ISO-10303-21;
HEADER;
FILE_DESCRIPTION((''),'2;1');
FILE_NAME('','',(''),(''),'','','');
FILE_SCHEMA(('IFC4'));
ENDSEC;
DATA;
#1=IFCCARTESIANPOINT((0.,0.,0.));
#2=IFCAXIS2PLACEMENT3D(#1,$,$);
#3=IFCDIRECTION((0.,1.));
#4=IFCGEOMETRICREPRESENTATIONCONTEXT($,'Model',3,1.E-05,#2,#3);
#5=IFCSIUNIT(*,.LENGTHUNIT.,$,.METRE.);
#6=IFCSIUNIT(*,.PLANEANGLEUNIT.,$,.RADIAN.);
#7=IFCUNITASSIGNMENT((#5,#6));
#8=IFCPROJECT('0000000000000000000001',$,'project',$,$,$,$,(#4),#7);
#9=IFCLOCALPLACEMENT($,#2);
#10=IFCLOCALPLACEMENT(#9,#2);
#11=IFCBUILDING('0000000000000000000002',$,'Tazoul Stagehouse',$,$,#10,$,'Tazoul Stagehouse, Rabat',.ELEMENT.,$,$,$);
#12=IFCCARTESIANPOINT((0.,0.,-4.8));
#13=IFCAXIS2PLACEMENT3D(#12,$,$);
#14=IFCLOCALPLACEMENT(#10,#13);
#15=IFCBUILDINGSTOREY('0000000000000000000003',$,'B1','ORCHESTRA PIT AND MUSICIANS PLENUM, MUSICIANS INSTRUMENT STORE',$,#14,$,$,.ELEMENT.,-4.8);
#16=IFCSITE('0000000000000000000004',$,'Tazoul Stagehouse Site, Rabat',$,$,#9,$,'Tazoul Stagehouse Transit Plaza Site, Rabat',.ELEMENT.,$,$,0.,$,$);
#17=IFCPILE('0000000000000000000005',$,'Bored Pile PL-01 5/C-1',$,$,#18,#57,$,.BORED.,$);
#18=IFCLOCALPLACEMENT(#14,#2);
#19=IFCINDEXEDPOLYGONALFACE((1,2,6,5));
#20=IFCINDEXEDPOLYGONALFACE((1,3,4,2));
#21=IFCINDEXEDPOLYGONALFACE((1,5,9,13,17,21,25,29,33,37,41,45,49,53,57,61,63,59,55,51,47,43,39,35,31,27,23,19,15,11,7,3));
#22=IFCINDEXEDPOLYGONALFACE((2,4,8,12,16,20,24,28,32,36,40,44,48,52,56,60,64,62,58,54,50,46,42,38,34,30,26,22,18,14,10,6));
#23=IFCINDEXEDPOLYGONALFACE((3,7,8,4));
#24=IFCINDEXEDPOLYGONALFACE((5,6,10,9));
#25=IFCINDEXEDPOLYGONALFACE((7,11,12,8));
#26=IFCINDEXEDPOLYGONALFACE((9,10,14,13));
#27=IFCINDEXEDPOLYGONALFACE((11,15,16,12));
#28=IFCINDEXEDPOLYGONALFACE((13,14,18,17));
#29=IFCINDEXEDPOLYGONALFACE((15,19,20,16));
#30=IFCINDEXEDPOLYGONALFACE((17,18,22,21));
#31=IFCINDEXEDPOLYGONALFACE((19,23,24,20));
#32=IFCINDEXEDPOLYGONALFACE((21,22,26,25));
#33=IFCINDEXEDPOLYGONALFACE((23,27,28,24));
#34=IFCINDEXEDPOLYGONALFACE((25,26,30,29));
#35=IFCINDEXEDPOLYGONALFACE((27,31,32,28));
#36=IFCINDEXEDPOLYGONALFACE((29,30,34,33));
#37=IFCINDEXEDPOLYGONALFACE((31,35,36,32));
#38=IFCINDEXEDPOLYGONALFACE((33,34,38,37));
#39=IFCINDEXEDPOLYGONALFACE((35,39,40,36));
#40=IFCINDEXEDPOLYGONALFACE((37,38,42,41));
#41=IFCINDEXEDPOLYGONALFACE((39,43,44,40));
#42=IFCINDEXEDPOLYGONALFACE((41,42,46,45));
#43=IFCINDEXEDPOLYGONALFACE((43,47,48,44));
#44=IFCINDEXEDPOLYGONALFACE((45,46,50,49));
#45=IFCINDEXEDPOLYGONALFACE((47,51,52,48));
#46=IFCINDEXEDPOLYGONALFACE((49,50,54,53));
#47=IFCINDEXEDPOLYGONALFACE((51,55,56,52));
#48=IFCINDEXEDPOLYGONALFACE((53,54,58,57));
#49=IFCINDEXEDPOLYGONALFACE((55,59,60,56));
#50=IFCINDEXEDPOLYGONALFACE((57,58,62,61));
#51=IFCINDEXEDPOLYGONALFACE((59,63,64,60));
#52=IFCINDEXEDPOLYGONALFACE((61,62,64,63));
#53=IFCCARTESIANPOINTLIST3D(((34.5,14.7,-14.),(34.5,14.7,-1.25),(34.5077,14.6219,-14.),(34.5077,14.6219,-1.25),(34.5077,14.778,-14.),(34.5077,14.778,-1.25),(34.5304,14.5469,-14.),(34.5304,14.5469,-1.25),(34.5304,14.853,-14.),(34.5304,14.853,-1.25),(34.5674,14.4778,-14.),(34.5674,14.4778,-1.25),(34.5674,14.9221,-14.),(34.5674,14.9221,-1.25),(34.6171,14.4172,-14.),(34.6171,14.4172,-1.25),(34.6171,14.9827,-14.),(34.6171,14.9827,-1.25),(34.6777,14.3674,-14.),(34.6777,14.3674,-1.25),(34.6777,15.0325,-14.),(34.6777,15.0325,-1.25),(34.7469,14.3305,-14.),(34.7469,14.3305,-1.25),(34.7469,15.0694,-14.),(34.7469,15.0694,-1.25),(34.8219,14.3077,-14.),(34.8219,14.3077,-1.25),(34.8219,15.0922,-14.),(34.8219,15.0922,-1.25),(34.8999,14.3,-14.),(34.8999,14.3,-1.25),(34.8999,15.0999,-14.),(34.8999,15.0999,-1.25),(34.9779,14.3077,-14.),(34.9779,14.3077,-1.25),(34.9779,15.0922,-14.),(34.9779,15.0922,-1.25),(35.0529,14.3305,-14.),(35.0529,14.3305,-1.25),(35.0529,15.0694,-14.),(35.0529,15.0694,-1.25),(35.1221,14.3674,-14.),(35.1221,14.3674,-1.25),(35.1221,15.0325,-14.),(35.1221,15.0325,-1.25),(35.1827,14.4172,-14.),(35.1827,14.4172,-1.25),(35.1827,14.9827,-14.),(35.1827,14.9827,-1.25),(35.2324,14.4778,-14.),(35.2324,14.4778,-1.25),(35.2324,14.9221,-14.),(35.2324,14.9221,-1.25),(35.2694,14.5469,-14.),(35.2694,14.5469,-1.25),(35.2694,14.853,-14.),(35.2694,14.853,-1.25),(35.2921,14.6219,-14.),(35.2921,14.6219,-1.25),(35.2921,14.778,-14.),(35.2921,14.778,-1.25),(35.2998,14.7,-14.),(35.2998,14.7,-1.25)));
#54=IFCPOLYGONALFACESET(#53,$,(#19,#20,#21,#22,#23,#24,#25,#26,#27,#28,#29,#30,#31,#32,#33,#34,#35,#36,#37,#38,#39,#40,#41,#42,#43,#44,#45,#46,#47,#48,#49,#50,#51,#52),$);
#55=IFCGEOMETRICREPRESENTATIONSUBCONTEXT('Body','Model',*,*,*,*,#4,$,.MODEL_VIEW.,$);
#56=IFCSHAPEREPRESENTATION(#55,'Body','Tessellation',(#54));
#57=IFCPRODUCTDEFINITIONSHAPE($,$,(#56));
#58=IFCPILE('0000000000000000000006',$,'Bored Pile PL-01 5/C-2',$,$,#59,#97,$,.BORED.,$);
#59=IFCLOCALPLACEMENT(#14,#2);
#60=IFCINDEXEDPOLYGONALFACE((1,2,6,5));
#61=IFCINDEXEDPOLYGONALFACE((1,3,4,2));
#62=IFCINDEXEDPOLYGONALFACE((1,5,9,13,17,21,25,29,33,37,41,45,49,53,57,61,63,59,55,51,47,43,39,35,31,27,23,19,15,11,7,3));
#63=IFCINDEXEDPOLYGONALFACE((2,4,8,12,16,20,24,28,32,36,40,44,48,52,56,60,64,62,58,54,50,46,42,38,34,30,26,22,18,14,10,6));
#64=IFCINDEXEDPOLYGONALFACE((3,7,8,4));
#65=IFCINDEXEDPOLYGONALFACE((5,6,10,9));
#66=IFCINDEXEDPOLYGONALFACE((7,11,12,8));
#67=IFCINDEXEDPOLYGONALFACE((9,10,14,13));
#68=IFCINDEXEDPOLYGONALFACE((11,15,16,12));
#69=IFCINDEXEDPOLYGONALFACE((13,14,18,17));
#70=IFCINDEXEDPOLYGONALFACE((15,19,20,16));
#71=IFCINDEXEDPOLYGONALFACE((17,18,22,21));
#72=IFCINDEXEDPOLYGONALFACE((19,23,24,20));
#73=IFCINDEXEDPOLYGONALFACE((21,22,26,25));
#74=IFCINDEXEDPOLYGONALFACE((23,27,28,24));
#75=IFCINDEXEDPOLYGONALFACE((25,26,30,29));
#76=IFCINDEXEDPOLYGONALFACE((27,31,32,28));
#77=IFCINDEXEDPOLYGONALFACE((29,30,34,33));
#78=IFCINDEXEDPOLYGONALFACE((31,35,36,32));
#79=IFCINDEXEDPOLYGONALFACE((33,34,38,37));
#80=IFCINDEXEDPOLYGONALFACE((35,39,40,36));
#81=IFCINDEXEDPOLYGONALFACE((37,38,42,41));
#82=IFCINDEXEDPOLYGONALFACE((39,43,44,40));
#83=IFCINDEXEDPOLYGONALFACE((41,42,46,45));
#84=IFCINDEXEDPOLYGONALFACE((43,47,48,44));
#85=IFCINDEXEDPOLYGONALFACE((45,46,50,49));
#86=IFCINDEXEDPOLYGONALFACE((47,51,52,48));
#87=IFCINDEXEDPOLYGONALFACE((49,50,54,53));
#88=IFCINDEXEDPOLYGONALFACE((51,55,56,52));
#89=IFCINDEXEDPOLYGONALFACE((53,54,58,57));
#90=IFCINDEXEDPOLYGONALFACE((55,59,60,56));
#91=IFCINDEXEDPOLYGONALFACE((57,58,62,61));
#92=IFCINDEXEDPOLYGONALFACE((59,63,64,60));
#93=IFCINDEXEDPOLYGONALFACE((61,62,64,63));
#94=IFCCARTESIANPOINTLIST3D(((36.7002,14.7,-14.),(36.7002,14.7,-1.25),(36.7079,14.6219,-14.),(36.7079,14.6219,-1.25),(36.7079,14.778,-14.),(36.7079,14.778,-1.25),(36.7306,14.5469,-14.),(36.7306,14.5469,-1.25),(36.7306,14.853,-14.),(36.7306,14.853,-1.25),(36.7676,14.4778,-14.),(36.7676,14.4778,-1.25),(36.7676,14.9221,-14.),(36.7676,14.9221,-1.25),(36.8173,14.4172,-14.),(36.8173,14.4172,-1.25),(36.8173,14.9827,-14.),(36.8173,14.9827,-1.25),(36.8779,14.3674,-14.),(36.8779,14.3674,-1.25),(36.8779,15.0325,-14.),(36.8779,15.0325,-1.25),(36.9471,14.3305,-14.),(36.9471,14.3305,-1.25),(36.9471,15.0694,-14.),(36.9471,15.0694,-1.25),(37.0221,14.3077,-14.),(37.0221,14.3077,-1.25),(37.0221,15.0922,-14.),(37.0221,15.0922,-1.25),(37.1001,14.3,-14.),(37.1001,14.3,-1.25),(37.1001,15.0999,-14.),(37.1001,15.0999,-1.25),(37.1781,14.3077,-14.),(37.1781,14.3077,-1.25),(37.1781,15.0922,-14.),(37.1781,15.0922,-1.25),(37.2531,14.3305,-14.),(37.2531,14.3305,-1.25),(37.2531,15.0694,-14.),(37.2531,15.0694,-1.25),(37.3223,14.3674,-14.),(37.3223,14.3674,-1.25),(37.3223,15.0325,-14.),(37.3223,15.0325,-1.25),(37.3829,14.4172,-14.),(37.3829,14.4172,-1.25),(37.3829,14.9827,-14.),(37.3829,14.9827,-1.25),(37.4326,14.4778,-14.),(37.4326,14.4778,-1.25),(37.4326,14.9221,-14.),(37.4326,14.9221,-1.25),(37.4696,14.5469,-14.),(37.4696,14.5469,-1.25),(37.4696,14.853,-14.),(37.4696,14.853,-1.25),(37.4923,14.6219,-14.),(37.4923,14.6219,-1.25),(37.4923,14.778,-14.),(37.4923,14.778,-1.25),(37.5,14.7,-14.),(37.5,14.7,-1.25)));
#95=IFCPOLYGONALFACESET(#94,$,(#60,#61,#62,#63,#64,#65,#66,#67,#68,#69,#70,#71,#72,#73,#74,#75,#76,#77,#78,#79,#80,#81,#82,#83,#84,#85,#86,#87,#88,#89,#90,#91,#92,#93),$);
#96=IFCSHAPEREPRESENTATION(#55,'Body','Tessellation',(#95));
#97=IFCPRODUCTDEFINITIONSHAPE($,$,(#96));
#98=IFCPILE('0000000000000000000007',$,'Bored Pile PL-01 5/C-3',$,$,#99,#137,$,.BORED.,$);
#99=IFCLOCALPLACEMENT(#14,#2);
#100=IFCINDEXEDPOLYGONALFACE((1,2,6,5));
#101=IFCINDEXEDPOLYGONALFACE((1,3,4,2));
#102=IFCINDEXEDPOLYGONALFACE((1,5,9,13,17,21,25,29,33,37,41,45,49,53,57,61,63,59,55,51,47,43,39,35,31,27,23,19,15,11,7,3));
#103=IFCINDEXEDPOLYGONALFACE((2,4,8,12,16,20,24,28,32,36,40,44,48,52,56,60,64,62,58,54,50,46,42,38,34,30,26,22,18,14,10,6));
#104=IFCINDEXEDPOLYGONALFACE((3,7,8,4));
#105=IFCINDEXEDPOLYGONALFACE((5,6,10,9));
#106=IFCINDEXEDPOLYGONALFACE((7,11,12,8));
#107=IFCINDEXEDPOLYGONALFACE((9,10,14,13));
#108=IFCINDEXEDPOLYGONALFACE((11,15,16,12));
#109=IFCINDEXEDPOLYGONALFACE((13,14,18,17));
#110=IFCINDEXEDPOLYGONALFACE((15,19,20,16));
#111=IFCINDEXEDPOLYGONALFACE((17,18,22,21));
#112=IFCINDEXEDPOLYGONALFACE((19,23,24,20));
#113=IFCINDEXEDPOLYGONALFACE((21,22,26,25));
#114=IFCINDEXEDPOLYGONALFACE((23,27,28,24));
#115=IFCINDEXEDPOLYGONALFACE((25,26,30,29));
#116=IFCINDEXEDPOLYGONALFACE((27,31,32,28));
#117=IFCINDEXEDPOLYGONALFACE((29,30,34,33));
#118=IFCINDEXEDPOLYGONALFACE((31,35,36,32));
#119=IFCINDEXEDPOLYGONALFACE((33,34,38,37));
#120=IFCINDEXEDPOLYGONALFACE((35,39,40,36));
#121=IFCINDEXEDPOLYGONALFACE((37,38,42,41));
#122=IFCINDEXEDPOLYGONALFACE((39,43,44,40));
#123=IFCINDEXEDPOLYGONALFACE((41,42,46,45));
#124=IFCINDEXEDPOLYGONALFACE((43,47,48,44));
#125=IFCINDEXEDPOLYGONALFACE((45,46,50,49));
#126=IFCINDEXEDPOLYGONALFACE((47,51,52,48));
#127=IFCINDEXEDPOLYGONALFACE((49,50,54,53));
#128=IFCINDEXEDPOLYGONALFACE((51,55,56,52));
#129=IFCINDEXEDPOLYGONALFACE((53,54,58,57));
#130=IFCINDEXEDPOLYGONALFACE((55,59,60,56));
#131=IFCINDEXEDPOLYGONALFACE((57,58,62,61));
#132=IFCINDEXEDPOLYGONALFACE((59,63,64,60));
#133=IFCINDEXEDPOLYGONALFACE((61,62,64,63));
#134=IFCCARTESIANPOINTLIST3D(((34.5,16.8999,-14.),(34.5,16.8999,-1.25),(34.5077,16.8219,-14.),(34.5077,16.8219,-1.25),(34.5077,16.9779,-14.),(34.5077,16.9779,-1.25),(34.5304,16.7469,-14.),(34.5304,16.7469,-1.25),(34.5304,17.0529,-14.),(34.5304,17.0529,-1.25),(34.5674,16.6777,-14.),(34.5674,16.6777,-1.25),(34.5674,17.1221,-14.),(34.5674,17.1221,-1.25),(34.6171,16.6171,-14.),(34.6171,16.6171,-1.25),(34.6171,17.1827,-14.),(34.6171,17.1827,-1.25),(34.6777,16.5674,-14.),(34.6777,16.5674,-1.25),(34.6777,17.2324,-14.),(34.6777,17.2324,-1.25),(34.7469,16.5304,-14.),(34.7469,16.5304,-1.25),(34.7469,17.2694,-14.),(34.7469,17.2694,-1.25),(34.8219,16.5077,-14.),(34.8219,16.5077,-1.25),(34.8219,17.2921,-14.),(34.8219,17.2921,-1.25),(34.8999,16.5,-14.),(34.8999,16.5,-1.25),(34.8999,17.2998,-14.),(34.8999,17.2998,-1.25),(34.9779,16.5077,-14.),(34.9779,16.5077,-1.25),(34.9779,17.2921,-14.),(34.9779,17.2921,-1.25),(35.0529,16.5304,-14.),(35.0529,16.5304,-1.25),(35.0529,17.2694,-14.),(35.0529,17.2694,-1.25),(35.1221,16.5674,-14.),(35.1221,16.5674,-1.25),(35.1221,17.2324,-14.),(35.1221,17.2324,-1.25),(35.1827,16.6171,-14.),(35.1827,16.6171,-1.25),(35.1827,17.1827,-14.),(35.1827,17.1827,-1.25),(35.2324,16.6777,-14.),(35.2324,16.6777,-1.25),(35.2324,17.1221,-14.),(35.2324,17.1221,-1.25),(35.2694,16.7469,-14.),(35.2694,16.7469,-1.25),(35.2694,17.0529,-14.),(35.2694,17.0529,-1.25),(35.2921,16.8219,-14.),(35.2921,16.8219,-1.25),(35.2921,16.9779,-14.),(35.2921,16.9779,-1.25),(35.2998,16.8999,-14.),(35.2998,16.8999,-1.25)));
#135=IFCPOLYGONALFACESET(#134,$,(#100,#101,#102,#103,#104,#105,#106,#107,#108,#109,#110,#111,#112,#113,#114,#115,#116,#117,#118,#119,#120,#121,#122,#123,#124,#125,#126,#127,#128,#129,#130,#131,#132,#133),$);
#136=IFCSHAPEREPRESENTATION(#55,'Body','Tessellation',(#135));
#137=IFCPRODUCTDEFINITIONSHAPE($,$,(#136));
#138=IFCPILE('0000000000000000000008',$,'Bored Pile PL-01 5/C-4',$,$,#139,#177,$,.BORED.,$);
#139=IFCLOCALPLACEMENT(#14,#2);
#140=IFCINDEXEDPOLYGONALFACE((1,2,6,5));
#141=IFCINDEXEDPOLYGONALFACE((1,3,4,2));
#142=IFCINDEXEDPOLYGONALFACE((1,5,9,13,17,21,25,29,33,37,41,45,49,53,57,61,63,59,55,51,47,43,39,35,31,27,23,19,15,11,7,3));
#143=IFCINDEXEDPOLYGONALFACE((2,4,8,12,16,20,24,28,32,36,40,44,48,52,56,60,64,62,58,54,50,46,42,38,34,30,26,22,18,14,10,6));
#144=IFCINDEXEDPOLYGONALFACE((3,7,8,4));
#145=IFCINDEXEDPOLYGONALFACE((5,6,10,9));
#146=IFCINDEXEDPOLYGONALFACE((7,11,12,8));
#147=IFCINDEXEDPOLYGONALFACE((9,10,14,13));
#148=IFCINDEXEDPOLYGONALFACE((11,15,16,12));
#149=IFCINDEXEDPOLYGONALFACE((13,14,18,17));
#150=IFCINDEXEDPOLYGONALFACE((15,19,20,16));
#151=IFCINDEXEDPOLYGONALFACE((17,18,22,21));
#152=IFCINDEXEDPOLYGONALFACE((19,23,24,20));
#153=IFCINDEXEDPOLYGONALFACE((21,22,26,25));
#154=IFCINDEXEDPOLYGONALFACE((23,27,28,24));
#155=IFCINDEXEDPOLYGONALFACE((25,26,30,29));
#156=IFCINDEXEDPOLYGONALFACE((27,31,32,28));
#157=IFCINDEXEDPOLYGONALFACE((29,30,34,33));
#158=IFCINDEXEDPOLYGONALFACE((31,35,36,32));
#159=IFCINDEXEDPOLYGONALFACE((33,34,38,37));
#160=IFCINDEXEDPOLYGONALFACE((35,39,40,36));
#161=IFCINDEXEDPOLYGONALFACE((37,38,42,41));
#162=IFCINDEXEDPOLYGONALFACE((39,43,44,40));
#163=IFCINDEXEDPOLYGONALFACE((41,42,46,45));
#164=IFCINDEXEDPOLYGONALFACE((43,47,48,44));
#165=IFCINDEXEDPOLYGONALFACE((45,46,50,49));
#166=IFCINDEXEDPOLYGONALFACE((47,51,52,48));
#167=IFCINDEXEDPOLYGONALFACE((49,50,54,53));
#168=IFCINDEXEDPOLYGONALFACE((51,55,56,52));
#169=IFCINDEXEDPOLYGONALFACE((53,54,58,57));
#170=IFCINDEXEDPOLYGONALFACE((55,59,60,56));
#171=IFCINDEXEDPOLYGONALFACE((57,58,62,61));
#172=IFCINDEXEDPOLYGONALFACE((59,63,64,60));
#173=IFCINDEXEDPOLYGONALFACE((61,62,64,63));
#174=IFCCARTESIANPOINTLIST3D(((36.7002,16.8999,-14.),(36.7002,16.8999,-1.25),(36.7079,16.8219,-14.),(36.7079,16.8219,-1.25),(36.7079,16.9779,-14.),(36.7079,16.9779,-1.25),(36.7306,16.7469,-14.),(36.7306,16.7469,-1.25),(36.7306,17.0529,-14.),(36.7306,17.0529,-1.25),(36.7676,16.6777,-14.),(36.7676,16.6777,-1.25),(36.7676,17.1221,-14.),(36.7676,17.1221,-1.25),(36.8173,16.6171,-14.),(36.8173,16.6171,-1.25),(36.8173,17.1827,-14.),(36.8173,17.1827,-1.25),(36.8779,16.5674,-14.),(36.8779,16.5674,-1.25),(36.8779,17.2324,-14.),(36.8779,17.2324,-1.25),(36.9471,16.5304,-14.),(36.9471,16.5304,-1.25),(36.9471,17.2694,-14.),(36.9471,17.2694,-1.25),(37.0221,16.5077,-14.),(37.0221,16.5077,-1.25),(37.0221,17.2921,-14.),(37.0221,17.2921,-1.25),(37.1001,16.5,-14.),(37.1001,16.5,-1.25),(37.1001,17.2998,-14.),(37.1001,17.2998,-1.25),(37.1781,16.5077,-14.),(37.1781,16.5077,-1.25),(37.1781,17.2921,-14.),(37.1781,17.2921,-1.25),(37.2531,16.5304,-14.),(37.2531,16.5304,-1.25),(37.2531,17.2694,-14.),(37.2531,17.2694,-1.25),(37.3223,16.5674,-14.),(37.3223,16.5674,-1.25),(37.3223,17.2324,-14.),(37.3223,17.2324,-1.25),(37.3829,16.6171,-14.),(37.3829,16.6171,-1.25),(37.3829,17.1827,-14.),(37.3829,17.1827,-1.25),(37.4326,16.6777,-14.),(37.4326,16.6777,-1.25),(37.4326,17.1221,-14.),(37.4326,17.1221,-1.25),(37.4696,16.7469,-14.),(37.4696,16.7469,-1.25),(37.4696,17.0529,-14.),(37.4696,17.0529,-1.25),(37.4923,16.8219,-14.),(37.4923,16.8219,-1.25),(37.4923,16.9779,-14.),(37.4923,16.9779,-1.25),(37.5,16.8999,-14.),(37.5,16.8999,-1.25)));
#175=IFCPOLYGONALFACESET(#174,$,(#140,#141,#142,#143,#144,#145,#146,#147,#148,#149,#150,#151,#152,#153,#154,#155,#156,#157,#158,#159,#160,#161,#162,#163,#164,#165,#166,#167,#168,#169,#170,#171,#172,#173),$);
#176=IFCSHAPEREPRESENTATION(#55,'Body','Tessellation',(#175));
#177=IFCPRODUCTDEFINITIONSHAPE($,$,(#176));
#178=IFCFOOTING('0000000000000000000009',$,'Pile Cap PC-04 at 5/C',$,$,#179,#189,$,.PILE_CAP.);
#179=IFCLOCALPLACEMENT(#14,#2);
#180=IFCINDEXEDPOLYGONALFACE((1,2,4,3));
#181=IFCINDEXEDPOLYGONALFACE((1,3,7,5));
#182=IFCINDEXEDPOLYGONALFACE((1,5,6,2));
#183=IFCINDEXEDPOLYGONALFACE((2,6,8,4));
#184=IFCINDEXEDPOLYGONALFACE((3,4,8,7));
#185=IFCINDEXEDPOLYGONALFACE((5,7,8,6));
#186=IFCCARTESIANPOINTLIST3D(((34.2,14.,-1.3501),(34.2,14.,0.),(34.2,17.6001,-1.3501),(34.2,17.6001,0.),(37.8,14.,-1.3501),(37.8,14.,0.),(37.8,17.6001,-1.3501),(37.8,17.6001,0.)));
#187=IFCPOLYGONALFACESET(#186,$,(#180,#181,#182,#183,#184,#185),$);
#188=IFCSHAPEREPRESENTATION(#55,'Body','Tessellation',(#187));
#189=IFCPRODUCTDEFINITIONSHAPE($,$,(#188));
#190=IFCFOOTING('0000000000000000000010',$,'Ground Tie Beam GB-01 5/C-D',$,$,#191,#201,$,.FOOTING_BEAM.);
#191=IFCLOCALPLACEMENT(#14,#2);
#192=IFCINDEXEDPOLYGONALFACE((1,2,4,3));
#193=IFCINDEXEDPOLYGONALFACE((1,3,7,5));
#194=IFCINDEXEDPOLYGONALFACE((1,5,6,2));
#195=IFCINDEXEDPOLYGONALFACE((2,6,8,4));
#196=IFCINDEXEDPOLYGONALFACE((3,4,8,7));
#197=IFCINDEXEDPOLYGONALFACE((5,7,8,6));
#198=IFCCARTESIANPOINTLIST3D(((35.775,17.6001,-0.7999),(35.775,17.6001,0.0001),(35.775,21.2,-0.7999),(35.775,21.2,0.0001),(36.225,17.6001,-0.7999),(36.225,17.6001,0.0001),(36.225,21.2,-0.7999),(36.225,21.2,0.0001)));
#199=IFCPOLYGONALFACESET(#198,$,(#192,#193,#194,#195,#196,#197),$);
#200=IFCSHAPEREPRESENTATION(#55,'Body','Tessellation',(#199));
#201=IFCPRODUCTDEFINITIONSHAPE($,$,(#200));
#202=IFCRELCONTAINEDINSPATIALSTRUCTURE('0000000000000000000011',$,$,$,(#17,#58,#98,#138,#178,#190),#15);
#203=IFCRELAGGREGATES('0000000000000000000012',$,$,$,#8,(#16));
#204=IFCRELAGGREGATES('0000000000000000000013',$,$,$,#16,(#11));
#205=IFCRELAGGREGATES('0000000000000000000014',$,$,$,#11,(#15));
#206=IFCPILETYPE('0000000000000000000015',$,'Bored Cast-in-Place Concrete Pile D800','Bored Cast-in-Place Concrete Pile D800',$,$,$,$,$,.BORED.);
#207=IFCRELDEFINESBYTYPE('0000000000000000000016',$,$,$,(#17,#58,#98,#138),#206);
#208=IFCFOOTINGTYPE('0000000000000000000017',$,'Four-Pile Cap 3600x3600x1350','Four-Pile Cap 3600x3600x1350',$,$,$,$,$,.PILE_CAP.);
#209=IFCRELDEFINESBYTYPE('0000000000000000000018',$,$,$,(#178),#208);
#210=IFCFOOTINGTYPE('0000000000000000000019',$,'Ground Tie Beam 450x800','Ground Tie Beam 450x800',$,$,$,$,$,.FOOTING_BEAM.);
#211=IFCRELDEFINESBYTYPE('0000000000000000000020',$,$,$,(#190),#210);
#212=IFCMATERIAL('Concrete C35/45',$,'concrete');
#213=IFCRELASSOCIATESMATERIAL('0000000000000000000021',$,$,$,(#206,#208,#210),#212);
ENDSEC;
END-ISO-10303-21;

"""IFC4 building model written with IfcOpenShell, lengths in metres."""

from ifc_helpers import new_model, si_unit, direction, frame, origin, origin_2d, place, context, subcontext, project, spatial, rectangle, circle, extrude, material, material_profile, profile_set, type_object, element, save


model = new_model("IFC4")

# Units and contexts
model_context = context("Model", 3, precision=1e-05, world=origin(), true_north=direction((0.0, 1.0)))
body_context = subcontext(model_context, "Body", "Model", "MODEL_VIEW")
ifc_project = project(units=[si_unit("LENGTHUNIT", "METRE"), si_unit("PLANEANGLEUNIT", "RADIAN")], contexts=[model_context])

# Site, building, storey
site_placement = place(None, origin())
site = spatial("IfcSite", under=ifc_project, at=site_placement, Name="Tazoul Stagehouse Site, Rabat", LongName="Tazoul Stagehouse Transit Plaza Site, Rabat", CompositionType="ELEMENT", RefElevation=0.0)
building_placement = place(site_placement, origin())
building = spatial("IfcBuilding", under=site, at=building_placement, Name="Tazoul Stagehouse", LongName="Tazoul Stagehouse, Rabat", CompositionType="ELEMENT")
storey_placement = place(building_placement, frame((0.0, 0.0, -4.8)))
storey = spatial("IfcBuildingStorey", under=building, at=storey_placement, Name="B1", Description="ORCHESTRA PIT AND MUSICIANS PLENUM, MUSICIANS INSTRUMENT STORE", CompositionType="ELEMENT", Elevation=-4.8)

# Piles
ifc_material_1 = material(Name="Concrete C35/45", Category="concrete")
ifc_material_profile_1 = material_profile(ifc_material_1, circle(Radius=0.3999, at=origin_2d()), Name="BORED PILE 800")
ifc_profile_set_1 = profile_set([ifc_material_profile_1], Name="Concrete C35/45")
pile_type = type_object("IfcPileType", Name="Bored Cast-in-Place Concrete Pile D800", Description="Bored Cast-in-Place Concrete Pile D800", PredefinedType="BORED", material=ifc_profile_set_1)
for number, where, z_axis, x_axis, name in (
    (1, (34.8999, 14.7, -1.25), (0.0, 0.0, -1.0), (1.0, 0.0, 0.0), "Bored Pile PL-01 5/C-1"),
    (2, (37.1001, 14.7, -1.25), (0.0, 0.0, -1.0), (1.0, 0.0, 0.0), "Bored Pile PL-01 5/C-2"),
    (3, (34.8999, 16.8999, -1.25), (0.0, 0.0, -1.0), (1.0, 0.0, 0.0), "Bored Pile PL-01 5/C-3"),
    (4, (37.1001, 16.8999, -1.25), (0.0, 0.0, -1.0), (1.0, 0.0, 0.0), "Bored Pile PL-01 5/C-4"),
):
    element("IfcPile", number, at=place(storey_placement, frame(where, z_axis=z_axis, x_axis=x_axis)), inside=storey, type_object=pile_type, Name=name, PredefinedType="BORED", context=body_context, shape_type="SweptSolid", body=[
        extrude(circle(Radius=0.3999, at=origin_2d()), origin(), (0.0, 0.0, 1.0), 12.75),
    ])

# Footings
footing_type_1 = type_object("IfcFootingType", Name="Four-Pile Cap 3600x3600x1350", Description="Four-Pile Cap 3600x3600x1350", PredefinedType="PILE_CAP", material=ifc_material_1)
footing_1_placement = place(storey_placement, frame((36.0, 15.8, -1.3501), z_axis=(0.0, 0.0, 1.0), x_axis=(1.0, 0.0, 0.0)))
element("IfcFooting", 5, at=footing_1_placement, inside=storey, type_object=footing_type_1, Name="Pile Cap PC-04 at 5/C", PredefinedType="PILE_CAP", context=body_context, shape_type="SweptSolid", body=[
    extrude(rectangle(XDim=3.6001, YDim=3.6001, at=origin_2d()), origin(), (0.0, 0.0, 1.0), 1.3501),
])
ifc_material_profile_2 = material_profile(ifc_material_1, rectangle(XDim=0.45, YDim=0.8, at=origin_2d()), Name="RC 450x800")
ifc_profile_set_2 = profile_set([ifc_material_profile_2], Name="Concrete C35/45")
footing_type_2 = type_object("IfcFootingType", Name="Ground Tie Beam 450x800", Description="Ground Tie Beam 450x800", PredefinedType="FOOTING_BEAM", material=ifc_profile_set_2)
footing_2_placement = place(storey_placement, frame((36.0, 17.6001, -0.3999), z_axis=(0.0, 1.0, 0.0), x_axis=(-1.0, 0.0, 0.0)))
element("IfcFooting", 6, at=footing_2_placement, inside=storey, type_object=footing_type_2, Name="Ground Tie Beam GB-01 5/C-D", PredefinedType="FOOTING_BEAM", context=body_context, shape_type="SweptSolid", body=[
    extrude(rectangle(XDim=0.45, YDim=0.8, at=origin_2d()), origin(), (0.0, 0.0, 1.0), 3.5999),
])

save(model, "model.ifc")
